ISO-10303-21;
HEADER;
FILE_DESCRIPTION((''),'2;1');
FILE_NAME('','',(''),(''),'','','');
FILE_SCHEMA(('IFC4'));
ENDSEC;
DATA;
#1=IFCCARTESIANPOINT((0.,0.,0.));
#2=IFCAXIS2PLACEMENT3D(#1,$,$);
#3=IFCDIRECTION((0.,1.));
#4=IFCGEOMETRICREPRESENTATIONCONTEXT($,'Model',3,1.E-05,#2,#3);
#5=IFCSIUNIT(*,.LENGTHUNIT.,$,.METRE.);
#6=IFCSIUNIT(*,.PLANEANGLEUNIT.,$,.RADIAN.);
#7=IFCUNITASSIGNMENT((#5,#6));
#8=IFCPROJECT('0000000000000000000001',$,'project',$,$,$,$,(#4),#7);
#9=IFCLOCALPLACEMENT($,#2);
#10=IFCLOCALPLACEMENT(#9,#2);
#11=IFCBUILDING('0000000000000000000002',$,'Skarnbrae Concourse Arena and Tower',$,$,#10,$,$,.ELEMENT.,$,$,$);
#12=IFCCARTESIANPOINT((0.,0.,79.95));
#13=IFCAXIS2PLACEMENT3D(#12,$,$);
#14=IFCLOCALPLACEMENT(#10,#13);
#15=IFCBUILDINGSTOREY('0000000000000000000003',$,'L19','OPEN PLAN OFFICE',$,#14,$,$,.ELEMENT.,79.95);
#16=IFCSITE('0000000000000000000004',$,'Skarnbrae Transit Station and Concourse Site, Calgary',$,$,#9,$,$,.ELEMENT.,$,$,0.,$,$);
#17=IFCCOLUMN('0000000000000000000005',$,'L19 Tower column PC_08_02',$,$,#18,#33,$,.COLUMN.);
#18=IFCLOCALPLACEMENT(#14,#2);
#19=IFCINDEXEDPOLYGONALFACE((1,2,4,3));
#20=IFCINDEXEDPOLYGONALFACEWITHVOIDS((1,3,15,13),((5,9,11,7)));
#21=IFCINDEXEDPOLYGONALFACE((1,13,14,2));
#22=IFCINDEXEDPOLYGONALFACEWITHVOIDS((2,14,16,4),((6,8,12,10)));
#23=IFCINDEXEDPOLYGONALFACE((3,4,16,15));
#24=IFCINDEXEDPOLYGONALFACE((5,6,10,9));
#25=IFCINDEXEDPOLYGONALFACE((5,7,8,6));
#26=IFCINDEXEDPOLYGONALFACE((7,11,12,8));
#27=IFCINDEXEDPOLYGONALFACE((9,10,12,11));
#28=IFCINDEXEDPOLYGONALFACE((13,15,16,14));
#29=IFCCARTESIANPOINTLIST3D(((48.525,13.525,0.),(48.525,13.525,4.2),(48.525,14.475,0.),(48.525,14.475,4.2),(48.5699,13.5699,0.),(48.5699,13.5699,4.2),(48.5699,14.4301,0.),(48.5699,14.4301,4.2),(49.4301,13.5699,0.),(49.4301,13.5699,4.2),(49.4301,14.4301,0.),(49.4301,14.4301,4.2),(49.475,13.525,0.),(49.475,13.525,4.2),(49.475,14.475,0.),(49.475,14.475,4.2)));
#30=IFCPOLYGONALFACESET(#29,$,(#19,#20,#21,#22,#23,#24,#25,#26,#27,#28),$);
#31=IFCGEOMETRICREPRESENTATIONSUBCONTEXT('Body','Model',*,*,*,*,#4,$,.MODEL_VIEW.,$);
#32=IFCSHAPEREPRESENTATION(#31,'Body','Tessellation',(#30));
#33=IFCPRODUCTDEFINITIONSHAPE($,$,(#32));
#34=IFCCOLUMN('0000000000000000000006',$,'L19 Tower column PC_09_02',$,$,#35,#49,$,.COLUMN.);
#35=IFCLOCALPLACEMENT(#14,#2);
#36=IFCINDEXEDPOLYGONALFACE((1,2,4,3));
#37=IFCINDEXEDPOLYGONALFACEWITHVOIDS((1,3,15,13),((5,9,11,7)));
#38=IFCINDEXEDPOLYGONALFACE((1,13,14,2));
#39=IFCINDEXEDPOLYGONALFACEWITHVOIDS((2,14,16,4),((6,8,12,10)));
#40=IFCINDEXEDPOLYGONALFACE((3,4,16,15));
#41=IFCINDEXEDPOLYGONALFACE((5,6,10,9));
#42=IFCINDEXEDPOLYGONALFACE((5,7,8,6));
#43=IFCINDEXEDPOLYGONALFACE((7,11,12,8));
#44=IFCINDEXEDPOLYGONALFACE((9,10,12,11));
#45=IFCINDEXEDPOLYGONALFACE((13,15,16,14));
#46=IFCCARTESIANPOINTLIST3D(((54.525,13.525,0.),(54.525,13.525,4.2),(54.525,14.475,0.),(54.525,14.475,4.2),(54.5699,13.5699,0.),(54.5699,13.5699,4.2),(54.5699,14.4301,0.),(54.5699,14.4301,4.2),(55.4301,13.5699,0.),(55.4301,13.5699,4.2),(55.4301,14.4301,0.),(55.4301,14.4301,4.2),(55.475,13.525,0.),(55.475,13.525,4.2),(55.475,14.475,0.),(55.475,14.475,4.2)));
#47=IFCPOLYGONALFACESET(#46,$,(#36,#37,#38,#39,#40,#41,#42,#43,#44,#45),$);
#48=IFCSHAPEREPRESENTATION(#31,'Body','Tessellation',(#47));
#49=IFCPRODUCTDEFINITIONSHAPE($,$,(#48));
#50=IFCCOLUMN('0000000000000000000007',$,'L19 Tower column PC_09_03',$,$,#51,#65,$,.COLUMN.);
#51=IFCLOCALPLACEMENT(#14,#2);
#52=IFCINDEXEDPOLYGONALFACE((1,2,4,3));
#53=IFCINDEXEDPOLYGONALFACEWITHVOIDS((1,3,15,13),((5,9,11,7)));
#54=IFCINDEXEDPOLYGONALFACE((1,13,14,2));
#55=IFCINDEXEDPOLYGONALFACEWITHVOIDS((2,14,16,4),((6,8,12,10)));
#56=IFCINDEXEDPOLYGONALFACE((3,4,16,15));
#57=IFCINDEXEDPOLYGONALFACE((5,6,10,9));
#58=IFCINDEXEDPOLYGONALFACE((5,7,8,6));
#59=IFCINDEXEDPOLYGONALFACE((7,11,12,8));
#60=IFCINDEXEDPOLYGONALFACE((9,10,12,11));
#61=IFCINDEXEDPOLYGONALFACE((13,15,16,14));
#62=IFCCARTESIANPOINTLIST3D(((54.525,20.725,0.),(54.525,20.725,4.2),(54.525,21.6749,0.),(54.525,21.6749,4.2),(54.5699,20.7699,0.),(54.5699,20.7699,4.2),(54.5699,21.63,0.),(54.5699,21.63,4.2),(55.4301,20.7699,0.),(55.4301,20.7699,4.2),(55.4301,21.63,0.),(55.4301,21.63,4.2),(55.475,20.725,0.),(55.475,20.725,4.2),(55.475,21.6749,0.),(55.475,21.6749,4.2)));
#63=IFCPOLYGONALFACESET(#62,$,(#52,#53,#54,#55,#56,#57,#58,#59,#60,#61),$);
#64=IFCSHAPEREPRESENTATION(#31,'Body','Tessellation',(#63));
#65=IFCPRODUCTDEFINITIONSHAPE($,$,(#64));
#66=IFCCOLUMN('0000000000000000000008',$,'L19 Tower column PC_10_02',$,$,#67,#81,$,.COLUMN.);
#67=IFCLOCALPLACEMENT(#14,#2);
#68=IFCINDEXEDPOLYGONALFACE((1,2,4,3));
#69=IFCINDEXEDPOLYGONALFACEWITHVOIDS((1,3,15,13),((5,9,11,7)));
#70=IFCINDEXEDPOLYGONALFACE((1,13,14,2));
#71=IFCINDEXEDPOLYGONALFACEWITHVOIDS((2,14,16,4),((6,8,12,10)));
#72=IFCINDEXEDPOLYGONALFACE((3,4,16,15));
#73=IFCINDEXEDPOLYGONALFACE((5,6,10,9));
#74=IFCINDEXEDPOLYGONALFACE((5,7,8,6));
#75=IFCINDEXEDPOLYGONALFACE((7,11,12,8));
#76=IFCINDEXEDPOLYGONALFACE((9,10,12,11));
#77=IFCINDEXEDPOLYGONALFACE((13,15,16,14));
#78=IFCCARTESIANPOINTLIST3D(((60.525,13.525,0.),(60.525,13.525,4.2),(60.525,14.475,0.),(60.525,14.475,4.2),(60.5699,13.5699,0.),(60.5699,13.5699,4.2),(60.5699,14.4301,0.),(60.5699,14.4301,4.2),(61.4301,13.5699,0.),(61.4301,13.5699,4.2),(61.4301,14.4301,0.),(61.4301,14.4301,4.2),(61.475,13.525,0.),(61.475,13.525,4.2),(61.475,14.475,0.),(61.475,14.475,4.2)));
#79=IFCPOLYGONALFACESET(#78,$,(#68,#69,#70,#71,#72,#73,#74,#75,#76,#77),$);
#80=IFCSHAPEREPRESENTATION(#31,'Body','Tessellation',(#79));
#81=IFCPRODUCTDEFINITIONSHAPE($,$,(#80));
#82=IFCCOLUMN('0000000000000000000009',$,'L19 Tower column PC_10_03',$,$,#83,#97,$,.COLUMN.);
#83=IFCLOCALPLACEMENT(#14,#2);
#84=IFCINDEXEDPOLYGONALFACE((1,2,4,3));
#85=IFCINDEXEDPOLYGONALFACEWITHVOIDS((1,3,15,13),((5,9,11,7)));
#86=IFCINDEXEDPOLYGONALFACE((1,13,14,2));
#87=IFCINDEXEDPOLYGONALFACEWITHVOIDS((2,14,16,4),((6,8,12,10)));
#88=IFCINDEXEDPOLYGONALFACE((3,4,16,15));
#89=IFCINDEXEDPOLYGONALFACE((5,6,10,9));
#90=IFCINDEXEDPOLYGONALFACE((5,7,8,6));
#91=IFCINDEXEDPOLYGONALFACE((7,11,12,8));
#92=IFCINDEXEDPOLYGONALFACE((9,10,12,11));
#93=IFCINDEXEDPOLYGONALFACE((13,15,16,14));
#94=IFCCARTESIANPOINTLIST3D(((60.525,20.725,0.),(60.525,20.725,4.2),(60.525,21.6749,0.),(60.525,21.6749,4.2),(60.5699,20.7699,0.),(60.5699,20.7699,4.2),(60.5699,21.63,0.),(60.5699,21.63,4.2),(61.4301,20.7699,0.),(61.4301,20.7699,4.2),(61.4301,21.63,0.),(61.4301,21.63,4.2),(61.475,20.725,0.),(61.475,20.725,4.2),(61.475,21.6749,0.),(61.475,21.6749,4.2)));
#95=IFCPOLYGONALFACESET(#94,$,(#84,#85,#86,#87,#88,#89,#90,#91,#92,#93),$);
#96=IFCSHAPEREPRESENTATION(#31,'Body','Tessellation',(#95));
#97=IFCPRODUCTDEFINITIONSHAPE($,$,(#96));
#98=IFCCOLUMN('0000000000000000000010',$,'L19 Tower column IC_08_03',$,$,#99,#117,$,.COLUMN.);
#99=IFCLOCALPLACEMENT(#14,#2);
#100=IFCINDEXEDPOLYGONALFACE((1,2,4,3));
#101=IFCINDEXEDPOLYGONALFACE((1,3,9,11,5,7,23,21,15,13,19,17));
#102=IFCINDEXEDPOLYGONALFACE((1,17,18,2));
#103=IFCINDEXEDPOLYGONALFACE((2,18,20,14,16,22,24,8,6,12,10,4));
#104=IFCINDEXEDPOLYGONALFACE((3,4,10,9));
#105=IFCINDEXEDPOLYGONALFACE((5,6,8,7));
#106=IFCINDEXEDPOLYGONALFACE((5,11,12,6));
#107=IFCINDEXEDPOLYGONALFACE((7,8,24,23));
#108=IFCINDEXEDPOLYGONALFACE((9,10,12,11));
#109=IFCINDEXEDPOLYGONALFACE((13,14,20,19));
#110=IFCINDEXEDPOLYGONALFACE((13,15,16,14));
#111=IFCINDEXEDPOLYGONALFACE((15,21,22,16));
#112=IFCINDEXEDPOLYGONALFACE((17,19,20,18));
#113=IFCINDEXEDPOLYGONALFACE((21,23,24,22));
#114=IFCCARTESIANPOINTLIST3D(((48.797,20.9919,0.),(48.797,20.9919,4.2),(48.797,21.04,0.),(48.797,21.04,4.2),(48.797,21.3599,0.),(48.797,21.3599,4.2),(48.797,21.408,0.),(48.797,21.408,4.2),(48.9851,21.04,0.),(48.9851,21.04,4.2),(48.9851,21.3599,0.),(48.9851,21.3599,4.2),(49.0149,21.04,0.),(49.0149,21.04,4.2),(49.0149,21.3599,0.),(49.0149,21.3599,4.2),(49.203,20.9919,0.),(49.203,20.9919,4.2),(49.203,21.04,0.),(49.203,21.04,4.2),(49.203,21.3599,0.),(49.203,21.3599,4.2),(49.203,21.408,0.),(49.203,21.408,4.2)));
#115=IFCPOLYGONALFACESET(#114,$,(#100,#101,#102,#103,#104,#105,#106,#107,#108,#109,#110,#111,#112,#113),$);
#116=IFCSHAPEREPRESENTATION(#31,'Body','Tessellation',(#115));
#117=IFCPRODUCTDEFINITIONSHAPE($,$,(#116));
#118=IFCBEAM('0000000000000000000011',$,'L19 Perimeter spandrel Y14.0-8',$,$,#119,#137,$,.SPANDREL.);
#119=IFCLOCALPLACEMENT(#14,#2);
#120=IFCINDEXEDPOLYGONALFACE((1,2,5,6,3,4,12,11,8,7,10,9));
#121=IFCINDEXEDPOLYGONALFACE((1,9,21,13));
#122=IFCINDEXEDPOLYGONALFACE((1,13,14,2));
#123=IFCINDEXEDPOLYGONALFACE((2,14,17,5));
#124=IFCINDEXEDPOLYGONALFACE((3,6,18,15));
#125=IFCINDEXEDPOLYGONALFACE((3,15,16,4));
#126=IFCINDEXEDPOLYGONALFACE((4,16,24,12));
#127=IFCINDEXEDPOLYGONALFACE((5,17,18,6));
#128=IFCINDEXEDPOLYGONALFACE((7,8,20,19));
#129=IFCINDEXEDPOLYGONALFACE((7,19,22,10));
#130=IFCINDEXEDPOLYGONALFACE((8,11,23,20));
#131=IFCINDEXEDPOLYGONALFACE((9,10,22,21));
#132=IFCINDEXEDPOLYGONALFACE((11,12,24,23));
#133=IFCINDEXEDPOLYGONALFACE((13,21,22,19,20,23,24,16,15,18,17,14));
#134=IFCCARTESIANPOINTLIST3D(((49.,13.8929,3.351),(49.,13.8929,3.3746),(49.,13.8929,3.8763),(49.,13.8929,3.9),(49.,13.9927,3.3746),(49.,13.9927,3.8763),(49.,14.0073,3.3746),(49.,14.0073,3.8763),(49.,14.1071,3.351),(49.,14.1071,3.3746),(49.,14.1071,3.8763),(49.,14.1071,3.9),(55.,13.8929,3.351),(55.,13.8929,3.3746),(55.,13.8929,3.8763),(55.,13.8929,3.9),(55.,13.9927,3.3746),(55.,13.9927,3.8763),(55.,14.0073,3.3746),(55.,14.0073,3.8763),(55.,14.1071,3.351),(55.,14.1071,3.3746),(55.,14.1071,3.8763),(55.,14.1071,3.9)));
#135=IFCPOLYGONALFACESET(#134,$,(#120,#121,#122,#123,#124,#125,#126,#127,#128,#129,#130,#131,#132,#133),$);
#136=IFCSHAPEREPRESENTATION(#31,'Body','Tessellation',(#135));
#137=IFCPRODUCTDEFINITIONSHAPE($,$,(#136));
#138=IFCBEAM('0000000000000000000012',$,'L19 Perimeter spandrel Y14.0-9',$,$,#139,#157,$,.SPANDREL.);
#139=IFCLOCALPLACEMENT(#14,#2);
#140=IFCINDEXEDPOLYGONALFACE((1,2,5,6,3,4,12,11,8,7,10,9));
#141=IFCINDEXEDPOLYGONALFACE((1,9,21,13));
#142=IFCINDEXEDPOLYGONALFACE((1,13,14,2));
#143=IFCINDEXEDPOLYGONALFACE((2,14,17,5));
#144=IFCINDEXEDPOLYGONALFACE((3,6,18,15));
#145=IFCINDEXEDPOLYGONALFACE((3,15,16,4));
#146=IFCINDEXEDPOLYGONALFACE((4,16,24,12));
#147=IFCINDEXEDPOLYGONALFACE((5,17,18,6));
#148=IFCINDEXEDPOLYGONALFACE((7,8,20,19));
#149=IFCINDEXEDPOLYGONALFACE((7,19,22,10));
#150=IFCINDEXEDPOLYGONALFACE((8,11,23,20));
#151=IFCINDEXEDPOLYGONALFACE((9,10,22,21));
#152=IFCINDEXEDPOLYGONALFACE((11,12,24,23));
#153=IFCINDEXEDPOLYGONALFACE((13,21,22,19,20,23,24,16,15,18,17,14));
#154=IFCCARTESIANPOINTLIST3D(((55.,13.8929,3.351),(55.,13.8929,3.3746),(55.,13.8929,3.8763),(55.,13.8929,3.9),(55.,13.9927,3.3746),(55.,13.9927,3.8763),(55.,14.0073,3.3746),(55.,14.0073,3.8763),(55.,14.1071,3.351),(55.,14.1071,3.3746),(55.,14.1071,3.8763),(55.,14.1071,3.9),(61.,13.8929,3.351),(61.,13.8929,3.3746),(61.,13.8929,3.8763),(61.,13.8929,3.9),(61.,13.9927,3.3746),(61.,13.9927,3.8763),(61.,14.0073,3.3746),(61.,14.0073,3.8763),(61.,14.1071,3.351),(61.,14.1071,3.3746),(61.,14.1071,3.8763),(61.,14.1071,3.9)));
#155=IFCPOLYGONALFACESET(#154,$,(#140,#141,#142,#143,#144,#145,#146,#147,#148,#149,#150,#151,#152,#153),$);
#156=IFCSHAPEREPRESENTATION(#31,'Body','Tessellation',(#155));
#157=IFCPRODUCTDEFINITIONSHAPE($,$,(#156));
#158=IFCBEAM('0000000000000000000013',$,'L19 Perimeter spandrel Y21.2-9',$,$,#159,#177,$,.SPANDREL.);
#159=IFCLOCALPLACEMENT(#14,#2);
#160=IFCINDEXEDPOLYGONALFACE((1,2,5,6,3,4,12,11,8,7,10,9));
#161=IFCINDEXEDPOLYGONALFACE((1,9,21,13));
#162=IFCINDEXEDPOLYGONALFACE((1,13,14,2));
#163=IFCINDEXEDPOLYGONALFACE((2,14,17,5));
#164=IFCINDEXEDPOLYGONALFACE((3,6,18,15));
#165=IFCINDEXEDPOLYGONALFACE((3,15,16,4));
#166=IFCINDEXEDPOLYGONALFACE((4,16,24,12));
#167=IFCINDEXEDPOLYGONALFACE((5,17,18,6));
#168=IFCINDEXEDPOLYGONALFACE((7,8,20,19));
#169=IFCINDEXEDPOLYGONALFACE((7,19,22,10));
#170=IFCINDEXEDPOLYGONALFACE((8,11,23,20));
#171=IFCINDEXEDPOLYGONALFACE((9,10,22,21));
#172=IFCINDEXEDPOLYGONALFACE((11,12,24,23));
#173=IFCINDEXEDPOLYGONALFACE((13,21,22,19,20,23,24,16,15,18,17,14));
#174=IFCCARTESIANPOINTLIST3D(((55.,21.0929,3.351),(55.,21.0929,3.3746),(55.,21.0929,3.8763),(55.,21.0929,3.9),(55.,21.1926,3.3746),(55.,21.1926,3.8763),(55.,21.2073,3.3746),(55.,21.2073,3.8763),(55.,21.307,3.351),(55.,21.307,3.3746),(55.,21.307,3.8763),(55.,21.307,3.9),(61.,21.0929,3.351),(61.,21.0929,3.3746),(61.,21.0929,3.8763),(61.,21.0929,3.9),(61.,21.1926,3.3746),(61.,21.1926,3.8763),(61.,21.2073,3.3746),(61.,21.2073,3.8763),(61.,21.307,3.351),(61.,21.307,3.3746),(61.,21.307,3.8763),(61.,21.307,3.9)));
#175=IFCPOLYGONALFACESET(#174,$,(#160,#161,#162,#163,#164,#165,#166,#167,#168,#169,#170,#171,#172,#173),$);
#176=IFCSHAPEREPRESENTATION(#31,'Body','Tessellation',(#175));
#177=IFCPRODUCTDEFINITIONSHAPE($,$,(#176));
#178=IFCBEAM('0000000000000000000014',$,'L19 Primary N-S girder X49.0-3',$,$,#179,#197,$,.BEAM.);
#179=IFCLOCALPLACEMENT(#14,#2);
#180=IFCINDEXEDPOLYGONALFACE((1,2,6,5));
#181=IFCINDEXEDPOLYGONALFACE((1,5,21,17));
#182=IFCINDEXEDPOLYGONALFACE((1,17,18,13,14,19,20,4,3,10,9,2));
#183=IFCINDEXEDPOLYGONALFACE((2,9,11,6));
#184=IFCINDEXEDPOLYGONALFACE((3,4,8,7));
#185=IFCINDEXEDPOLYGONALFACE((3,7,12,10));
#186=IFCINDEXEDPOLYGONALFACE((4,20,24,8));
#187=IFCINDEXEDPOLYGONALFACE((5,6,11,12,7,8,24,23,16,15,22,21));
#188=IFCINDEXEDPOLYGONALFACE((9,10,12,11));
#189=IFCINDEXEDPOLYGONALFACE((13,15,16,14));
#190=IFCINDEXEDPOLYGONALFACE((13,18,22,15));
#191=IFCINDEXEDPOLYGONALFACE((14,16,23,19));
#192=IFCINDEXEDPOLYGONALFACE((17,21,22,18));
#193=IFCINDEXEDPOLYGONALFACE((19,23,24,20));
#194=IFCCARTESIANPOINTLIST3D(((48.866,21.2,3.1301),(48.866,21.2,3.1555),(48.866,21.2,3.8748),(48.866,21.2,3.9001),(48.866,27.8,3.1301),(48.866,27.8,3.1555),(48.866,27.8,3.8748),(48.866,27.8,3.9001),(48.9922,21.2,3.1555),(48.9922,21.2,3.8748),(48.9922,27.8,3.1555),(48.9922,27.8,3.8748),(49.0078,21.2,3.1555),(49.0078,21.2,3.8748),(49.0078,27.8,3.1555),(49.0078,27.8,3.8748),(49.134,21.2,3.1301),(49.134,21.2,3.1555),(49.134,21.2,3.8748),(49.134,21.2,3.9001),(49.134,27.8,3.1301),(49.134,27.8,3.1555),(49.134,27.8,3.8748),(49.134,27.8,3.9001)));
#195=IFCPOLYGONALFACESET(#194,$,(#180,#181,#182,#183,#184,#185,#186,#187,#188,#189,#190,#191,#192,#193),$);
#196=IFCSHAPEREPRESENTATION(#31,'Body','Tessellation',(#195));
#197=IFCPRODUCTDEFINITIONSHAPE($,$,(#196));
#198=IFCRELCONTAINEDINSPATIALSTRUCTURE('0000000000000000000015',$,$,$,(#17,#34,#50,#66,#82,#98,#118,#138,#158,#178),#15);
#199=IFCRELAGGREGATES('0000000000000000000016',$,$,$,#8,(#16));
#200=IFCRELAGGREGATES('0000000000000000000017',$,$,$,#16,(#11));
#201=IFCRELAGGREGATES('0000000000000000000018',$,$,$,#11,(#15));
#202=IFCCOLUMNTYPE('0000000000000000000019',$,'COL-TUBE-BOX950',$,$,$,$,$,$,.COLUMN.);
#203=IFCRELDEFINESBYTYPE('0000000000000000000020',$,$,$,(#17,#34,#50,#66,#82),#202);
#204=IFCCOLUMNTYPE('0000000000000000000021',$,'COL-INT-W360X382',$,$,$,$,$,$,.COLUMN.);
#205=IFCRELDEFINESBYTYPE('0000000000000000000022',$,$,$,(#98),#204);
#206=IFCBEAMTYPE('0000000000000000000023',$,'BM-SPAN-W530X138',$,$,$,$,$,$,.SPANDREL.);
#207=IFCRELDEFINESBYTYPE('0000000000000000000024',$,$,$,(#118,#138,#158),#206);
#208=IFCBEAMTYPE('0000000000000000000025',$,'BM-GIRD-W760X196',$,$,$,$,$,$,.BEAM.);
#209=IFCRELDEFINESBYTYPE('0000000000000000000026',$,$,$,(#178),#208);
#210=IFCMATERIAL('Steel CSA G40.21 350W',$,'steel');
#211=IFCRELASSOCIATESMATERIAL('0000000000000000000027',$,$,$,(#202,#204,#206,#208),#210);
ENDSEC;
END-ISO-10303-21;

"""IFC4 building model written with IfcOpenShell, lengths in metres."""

from ifc_helpers import new_model, si_unit, direction, frame, origin, origin_2d, place, context, subcontext, project, spatial, hollow_rectangle, i_section, extrude, source, transform, mapped, material, material_profile, profile_set, type_object, element, save


model = new_model("IFC4")

# Units and contexts
model_context = context("Model", 3, precision=1e-05, world=origin(), true_north=direction((0.0, 1.0)))
body_context = subcontext(model_context, "Body", "Model", "MODEL_VIEW")
ifc_project = project(units=[si_unit("LENGTHUNIT", "METRE"), si_unit("PLANEANGLEUNIT", "RADIAN")], contexts=[model_context])

# Site, building, storey
site_placement = place(None, origin())
site = spatial("IfcSite", under=ifc_project, at=site_placement, Name="Skarnbrae Transit Station and Concourse Site, Calgary", CompositionType="ELEMENT", RefElevation=0.0)
building_placement = place(site_placement, origin())
building = spatial("IfcBuilding", under=site, at=building_placement, Name="Skarnbrae Concourse Arena and Tower", CompositionType="ELEMENT")
storey_placement = place(building_placement, frame((0.0, 0.0, 79.95)))
storey = spatial("IfcBuildingStorey", under=building, at=storey_placement, Name="L19", Description="OPEN PLAN OFFICE", CompositionType="ELEMENT", Elevation=79.95)

# Columns
ifc_material_1 = material(Name="Steel CSA G40.21 350W", Category="steel")
ifc_material_profile_1 = material_profile(ifc_material_1, hollow_rectangle(XDim=0.95, YDim=0.95, WallThickness=0.0449, at=origin_2d()), Name="BOX950X950X45")
ifc_profile_set_1 = profile_set([ifc_material_profile_1], Name="Steel CSA G40.21 350W")
column_type_1 = type_object("IfcColumnType", Name="COL-TUBE-BOX950", PredefinedType="COLUMN", material=ifc_profile_set_1)
shared_shape_1 = source(origin(), body_context, "Body", "SweptSolid", [
    extrude(hollow_rectangle(XDim=0.95, YDim=0.95, WallThickness=0.0449, at=origin_2d()), origin(), (0.0, 0.0, 1.0), 4.2),
])
for number, where, z_axis, x_axis, name in (
    (1, (49.0, 14.0, 0.0), (0.0, 0.0, 1.0), (1.0, 0.0, 0.0), "L19 Tower column PC_08_02"),
    (2, (55.0, 14.0, 0.0), (0.0, 0.0, 1.0), (1.0, 0.0, 0.0), "L19 Tower column PC_09_02"),
    (3, (55.0, 21.2, 0.0), (0.0, 0.0, 1.0), (1.0, 0.0, 0.0), "L19 Tower column PC_09_03"),
    (4, (61.0, 14.0, 0.0), (0.0, 0.0, 1.0), (1.0, 0.0, 0.0), "L19 Tower column PC_10_02"),
    (5, (61.0, 21.2, 0.0), (0.0, 0.0, 1.0), (1.0, 0.0, 0.0), "L19 Tower column PC_10_03"),
):
    element("IfcColumn", number, at=place(storey_placement, frame(where, z_axis=z_axis, x_axis=x_axis)), inside=storey, type_object=column_type_1, Name=name, PredefinedType="COLUMN", context=body_context, shape_type="MappedRepresentation", body=[
        mapped(shared_shape_1, transform((0.0, 0.0, 0.0))),
    ])
ifc_material_profile_2 = material_profile(ifc_material_1, i_section(OverallWidth=0.406, OverallDepth=0.416, WebThickness=0.0298, FlangeThickness=0.0481, at=origin_2d()), Name="W360X382")
ifc_profile_set_2 = profile_set([ifc_material_profile_2], Name="Steel CSA G40.21 350W")
column_type_2 = type_object("IfcColumnType", Name="COL-INT-W360X382", PredefinedType="COLUMN", material=ifc_profile_set_2)
shared_shape_2 = source(origin(), body_context, "Body", "SweptSolid", [
    extrude(i_section(OverallWidth=0.406, OverallDepth=0.416, WebThickness=0.0298, FlangeThickness=0.0481, at=origin_2d()), origin(), (0.0, 0.0, 1.0), 4.2),
])
column_placement = place(storey_placement, frame((49.0, 21.2, 0.0), z_axis=(0.0, 0.0, 1.0), x_axis=(1.0, 0.0, 0.0)))
element("IfcColumn", 6, at=column_placement, inside=storey, type_object=column_type_2, Name="L19 Tower column IC_08_03", PredefinedType="COLUMN", context=body_context, shape_type="MappedRepresentation", body=[
    mapped(shared_shape_2, transform((0.0, 0.0, 0.0))),
])

# Beams
ifc_material_profile_3 = material_profile(ifc_material_1, i_section(OverallWidth=0.2141, OverallDepth=0.5491, WebThickness=0.0146, FlangeThickness=0.0237, at=origin_2d()), Name="W530X138")
ifc_profile_set_3 = profile_set([ifc_material_profile_3], Name="Steel CSA G40.21 350W")
beam_type_1 = type_object("IfcBeamType", Name="BM-SPAN-W530X138", PredefinedType="SPANDREL", material=ifc_profile_set_3)
shared_shape_3 = source(origin(), body_context, "Body", "SweptSolid", [
    extrude(i_section(OverallWidth=0.2141, OverallDepth=0.5491, WebThickness=0.0146, FlangeThickness=0.0237, at=origin_2d()), origin(), (0.0, 0.0, 1.0), 6.0),
])
for number, where, z_axis, x_axis, name in (
    (7, (49.0, 14.0, 3.6255), (1.0, 0.0, 0.0), (0.0, 1.0, 0.0), "L19 Perimeter spandrel Y14.0-8"),
    (8, (55.0, 14.0, 3.6255), (1.0, 0.0, 0.0), (0.0, 1.0, 0.0), "L19 Perimeter spandrel Y14.0-9"),
    (9, (55.0, 21.2, 3.6255), (1.0, 0.0, 0.0), (0.0, 1.0, 0.0), "L19 Perimeter spandrel Y21.2-9"),
):
    element("IfcBeam", number, at=place(storey_placement, frame(where, z_axis=z_axis, x_axis=x_axis)), inside=storey, type_object=beam_type_1, Name=name, PredefinedType="SPANDREL", context=body_context, shape_type="MappedRepresentation", body=[
        mapped(shared_shape_3, transform((0.0, 0.0, 0.0))),
    ])
ifc_material_profile_4 = material_profile(ifc_material_1, i_section(OverallWidth=0.2681, OverallDepth=0.77, WebThickness=0.0156, FlangeThickness=0.0254, at=origin_2d()), Name="W760X196")
ifc_profile_set_4 = profile_set([ifc_material_profile_4], Name="Steel CSA G40.21 350W")
beam_type_2 = type_object("IfcBeamType", Name="BM-GIRD-W760X196", PredefinedType="BEAM", material=ifc_profile_set_4)
shared_shape_4 = source(origin(), body_context, "Body", "SweptSolid", [
    extrude(i_section(OverallWidth=0.2681, OverallDepth=0.77, WebThickness=0.0156, FlangeThickness=0.0254, at=origin_2d()), origin(), (0.0, 0.0, 1.0), 6.6001),
])
beam_1_placement = place(storey_placement, frame((49.0, 21.2, 3.5151), z_axis=(0.0, 1.0, 0.0), x_axis=(-1.0, 0.0, 0.0)))
element("IfcBeam", 10, at=beam_1_placement, inside=storey, type_object=beam_type_2, Name="L19 Primary N-S girder X49.0-3", PredefinedType="BEAM", context=body_context, shape_type="MappedRepresentation", body=[
    mapped(shared_shape_4, transform((0.0, 0.0, 0.0))),
])

save(model, "model.ifc")
